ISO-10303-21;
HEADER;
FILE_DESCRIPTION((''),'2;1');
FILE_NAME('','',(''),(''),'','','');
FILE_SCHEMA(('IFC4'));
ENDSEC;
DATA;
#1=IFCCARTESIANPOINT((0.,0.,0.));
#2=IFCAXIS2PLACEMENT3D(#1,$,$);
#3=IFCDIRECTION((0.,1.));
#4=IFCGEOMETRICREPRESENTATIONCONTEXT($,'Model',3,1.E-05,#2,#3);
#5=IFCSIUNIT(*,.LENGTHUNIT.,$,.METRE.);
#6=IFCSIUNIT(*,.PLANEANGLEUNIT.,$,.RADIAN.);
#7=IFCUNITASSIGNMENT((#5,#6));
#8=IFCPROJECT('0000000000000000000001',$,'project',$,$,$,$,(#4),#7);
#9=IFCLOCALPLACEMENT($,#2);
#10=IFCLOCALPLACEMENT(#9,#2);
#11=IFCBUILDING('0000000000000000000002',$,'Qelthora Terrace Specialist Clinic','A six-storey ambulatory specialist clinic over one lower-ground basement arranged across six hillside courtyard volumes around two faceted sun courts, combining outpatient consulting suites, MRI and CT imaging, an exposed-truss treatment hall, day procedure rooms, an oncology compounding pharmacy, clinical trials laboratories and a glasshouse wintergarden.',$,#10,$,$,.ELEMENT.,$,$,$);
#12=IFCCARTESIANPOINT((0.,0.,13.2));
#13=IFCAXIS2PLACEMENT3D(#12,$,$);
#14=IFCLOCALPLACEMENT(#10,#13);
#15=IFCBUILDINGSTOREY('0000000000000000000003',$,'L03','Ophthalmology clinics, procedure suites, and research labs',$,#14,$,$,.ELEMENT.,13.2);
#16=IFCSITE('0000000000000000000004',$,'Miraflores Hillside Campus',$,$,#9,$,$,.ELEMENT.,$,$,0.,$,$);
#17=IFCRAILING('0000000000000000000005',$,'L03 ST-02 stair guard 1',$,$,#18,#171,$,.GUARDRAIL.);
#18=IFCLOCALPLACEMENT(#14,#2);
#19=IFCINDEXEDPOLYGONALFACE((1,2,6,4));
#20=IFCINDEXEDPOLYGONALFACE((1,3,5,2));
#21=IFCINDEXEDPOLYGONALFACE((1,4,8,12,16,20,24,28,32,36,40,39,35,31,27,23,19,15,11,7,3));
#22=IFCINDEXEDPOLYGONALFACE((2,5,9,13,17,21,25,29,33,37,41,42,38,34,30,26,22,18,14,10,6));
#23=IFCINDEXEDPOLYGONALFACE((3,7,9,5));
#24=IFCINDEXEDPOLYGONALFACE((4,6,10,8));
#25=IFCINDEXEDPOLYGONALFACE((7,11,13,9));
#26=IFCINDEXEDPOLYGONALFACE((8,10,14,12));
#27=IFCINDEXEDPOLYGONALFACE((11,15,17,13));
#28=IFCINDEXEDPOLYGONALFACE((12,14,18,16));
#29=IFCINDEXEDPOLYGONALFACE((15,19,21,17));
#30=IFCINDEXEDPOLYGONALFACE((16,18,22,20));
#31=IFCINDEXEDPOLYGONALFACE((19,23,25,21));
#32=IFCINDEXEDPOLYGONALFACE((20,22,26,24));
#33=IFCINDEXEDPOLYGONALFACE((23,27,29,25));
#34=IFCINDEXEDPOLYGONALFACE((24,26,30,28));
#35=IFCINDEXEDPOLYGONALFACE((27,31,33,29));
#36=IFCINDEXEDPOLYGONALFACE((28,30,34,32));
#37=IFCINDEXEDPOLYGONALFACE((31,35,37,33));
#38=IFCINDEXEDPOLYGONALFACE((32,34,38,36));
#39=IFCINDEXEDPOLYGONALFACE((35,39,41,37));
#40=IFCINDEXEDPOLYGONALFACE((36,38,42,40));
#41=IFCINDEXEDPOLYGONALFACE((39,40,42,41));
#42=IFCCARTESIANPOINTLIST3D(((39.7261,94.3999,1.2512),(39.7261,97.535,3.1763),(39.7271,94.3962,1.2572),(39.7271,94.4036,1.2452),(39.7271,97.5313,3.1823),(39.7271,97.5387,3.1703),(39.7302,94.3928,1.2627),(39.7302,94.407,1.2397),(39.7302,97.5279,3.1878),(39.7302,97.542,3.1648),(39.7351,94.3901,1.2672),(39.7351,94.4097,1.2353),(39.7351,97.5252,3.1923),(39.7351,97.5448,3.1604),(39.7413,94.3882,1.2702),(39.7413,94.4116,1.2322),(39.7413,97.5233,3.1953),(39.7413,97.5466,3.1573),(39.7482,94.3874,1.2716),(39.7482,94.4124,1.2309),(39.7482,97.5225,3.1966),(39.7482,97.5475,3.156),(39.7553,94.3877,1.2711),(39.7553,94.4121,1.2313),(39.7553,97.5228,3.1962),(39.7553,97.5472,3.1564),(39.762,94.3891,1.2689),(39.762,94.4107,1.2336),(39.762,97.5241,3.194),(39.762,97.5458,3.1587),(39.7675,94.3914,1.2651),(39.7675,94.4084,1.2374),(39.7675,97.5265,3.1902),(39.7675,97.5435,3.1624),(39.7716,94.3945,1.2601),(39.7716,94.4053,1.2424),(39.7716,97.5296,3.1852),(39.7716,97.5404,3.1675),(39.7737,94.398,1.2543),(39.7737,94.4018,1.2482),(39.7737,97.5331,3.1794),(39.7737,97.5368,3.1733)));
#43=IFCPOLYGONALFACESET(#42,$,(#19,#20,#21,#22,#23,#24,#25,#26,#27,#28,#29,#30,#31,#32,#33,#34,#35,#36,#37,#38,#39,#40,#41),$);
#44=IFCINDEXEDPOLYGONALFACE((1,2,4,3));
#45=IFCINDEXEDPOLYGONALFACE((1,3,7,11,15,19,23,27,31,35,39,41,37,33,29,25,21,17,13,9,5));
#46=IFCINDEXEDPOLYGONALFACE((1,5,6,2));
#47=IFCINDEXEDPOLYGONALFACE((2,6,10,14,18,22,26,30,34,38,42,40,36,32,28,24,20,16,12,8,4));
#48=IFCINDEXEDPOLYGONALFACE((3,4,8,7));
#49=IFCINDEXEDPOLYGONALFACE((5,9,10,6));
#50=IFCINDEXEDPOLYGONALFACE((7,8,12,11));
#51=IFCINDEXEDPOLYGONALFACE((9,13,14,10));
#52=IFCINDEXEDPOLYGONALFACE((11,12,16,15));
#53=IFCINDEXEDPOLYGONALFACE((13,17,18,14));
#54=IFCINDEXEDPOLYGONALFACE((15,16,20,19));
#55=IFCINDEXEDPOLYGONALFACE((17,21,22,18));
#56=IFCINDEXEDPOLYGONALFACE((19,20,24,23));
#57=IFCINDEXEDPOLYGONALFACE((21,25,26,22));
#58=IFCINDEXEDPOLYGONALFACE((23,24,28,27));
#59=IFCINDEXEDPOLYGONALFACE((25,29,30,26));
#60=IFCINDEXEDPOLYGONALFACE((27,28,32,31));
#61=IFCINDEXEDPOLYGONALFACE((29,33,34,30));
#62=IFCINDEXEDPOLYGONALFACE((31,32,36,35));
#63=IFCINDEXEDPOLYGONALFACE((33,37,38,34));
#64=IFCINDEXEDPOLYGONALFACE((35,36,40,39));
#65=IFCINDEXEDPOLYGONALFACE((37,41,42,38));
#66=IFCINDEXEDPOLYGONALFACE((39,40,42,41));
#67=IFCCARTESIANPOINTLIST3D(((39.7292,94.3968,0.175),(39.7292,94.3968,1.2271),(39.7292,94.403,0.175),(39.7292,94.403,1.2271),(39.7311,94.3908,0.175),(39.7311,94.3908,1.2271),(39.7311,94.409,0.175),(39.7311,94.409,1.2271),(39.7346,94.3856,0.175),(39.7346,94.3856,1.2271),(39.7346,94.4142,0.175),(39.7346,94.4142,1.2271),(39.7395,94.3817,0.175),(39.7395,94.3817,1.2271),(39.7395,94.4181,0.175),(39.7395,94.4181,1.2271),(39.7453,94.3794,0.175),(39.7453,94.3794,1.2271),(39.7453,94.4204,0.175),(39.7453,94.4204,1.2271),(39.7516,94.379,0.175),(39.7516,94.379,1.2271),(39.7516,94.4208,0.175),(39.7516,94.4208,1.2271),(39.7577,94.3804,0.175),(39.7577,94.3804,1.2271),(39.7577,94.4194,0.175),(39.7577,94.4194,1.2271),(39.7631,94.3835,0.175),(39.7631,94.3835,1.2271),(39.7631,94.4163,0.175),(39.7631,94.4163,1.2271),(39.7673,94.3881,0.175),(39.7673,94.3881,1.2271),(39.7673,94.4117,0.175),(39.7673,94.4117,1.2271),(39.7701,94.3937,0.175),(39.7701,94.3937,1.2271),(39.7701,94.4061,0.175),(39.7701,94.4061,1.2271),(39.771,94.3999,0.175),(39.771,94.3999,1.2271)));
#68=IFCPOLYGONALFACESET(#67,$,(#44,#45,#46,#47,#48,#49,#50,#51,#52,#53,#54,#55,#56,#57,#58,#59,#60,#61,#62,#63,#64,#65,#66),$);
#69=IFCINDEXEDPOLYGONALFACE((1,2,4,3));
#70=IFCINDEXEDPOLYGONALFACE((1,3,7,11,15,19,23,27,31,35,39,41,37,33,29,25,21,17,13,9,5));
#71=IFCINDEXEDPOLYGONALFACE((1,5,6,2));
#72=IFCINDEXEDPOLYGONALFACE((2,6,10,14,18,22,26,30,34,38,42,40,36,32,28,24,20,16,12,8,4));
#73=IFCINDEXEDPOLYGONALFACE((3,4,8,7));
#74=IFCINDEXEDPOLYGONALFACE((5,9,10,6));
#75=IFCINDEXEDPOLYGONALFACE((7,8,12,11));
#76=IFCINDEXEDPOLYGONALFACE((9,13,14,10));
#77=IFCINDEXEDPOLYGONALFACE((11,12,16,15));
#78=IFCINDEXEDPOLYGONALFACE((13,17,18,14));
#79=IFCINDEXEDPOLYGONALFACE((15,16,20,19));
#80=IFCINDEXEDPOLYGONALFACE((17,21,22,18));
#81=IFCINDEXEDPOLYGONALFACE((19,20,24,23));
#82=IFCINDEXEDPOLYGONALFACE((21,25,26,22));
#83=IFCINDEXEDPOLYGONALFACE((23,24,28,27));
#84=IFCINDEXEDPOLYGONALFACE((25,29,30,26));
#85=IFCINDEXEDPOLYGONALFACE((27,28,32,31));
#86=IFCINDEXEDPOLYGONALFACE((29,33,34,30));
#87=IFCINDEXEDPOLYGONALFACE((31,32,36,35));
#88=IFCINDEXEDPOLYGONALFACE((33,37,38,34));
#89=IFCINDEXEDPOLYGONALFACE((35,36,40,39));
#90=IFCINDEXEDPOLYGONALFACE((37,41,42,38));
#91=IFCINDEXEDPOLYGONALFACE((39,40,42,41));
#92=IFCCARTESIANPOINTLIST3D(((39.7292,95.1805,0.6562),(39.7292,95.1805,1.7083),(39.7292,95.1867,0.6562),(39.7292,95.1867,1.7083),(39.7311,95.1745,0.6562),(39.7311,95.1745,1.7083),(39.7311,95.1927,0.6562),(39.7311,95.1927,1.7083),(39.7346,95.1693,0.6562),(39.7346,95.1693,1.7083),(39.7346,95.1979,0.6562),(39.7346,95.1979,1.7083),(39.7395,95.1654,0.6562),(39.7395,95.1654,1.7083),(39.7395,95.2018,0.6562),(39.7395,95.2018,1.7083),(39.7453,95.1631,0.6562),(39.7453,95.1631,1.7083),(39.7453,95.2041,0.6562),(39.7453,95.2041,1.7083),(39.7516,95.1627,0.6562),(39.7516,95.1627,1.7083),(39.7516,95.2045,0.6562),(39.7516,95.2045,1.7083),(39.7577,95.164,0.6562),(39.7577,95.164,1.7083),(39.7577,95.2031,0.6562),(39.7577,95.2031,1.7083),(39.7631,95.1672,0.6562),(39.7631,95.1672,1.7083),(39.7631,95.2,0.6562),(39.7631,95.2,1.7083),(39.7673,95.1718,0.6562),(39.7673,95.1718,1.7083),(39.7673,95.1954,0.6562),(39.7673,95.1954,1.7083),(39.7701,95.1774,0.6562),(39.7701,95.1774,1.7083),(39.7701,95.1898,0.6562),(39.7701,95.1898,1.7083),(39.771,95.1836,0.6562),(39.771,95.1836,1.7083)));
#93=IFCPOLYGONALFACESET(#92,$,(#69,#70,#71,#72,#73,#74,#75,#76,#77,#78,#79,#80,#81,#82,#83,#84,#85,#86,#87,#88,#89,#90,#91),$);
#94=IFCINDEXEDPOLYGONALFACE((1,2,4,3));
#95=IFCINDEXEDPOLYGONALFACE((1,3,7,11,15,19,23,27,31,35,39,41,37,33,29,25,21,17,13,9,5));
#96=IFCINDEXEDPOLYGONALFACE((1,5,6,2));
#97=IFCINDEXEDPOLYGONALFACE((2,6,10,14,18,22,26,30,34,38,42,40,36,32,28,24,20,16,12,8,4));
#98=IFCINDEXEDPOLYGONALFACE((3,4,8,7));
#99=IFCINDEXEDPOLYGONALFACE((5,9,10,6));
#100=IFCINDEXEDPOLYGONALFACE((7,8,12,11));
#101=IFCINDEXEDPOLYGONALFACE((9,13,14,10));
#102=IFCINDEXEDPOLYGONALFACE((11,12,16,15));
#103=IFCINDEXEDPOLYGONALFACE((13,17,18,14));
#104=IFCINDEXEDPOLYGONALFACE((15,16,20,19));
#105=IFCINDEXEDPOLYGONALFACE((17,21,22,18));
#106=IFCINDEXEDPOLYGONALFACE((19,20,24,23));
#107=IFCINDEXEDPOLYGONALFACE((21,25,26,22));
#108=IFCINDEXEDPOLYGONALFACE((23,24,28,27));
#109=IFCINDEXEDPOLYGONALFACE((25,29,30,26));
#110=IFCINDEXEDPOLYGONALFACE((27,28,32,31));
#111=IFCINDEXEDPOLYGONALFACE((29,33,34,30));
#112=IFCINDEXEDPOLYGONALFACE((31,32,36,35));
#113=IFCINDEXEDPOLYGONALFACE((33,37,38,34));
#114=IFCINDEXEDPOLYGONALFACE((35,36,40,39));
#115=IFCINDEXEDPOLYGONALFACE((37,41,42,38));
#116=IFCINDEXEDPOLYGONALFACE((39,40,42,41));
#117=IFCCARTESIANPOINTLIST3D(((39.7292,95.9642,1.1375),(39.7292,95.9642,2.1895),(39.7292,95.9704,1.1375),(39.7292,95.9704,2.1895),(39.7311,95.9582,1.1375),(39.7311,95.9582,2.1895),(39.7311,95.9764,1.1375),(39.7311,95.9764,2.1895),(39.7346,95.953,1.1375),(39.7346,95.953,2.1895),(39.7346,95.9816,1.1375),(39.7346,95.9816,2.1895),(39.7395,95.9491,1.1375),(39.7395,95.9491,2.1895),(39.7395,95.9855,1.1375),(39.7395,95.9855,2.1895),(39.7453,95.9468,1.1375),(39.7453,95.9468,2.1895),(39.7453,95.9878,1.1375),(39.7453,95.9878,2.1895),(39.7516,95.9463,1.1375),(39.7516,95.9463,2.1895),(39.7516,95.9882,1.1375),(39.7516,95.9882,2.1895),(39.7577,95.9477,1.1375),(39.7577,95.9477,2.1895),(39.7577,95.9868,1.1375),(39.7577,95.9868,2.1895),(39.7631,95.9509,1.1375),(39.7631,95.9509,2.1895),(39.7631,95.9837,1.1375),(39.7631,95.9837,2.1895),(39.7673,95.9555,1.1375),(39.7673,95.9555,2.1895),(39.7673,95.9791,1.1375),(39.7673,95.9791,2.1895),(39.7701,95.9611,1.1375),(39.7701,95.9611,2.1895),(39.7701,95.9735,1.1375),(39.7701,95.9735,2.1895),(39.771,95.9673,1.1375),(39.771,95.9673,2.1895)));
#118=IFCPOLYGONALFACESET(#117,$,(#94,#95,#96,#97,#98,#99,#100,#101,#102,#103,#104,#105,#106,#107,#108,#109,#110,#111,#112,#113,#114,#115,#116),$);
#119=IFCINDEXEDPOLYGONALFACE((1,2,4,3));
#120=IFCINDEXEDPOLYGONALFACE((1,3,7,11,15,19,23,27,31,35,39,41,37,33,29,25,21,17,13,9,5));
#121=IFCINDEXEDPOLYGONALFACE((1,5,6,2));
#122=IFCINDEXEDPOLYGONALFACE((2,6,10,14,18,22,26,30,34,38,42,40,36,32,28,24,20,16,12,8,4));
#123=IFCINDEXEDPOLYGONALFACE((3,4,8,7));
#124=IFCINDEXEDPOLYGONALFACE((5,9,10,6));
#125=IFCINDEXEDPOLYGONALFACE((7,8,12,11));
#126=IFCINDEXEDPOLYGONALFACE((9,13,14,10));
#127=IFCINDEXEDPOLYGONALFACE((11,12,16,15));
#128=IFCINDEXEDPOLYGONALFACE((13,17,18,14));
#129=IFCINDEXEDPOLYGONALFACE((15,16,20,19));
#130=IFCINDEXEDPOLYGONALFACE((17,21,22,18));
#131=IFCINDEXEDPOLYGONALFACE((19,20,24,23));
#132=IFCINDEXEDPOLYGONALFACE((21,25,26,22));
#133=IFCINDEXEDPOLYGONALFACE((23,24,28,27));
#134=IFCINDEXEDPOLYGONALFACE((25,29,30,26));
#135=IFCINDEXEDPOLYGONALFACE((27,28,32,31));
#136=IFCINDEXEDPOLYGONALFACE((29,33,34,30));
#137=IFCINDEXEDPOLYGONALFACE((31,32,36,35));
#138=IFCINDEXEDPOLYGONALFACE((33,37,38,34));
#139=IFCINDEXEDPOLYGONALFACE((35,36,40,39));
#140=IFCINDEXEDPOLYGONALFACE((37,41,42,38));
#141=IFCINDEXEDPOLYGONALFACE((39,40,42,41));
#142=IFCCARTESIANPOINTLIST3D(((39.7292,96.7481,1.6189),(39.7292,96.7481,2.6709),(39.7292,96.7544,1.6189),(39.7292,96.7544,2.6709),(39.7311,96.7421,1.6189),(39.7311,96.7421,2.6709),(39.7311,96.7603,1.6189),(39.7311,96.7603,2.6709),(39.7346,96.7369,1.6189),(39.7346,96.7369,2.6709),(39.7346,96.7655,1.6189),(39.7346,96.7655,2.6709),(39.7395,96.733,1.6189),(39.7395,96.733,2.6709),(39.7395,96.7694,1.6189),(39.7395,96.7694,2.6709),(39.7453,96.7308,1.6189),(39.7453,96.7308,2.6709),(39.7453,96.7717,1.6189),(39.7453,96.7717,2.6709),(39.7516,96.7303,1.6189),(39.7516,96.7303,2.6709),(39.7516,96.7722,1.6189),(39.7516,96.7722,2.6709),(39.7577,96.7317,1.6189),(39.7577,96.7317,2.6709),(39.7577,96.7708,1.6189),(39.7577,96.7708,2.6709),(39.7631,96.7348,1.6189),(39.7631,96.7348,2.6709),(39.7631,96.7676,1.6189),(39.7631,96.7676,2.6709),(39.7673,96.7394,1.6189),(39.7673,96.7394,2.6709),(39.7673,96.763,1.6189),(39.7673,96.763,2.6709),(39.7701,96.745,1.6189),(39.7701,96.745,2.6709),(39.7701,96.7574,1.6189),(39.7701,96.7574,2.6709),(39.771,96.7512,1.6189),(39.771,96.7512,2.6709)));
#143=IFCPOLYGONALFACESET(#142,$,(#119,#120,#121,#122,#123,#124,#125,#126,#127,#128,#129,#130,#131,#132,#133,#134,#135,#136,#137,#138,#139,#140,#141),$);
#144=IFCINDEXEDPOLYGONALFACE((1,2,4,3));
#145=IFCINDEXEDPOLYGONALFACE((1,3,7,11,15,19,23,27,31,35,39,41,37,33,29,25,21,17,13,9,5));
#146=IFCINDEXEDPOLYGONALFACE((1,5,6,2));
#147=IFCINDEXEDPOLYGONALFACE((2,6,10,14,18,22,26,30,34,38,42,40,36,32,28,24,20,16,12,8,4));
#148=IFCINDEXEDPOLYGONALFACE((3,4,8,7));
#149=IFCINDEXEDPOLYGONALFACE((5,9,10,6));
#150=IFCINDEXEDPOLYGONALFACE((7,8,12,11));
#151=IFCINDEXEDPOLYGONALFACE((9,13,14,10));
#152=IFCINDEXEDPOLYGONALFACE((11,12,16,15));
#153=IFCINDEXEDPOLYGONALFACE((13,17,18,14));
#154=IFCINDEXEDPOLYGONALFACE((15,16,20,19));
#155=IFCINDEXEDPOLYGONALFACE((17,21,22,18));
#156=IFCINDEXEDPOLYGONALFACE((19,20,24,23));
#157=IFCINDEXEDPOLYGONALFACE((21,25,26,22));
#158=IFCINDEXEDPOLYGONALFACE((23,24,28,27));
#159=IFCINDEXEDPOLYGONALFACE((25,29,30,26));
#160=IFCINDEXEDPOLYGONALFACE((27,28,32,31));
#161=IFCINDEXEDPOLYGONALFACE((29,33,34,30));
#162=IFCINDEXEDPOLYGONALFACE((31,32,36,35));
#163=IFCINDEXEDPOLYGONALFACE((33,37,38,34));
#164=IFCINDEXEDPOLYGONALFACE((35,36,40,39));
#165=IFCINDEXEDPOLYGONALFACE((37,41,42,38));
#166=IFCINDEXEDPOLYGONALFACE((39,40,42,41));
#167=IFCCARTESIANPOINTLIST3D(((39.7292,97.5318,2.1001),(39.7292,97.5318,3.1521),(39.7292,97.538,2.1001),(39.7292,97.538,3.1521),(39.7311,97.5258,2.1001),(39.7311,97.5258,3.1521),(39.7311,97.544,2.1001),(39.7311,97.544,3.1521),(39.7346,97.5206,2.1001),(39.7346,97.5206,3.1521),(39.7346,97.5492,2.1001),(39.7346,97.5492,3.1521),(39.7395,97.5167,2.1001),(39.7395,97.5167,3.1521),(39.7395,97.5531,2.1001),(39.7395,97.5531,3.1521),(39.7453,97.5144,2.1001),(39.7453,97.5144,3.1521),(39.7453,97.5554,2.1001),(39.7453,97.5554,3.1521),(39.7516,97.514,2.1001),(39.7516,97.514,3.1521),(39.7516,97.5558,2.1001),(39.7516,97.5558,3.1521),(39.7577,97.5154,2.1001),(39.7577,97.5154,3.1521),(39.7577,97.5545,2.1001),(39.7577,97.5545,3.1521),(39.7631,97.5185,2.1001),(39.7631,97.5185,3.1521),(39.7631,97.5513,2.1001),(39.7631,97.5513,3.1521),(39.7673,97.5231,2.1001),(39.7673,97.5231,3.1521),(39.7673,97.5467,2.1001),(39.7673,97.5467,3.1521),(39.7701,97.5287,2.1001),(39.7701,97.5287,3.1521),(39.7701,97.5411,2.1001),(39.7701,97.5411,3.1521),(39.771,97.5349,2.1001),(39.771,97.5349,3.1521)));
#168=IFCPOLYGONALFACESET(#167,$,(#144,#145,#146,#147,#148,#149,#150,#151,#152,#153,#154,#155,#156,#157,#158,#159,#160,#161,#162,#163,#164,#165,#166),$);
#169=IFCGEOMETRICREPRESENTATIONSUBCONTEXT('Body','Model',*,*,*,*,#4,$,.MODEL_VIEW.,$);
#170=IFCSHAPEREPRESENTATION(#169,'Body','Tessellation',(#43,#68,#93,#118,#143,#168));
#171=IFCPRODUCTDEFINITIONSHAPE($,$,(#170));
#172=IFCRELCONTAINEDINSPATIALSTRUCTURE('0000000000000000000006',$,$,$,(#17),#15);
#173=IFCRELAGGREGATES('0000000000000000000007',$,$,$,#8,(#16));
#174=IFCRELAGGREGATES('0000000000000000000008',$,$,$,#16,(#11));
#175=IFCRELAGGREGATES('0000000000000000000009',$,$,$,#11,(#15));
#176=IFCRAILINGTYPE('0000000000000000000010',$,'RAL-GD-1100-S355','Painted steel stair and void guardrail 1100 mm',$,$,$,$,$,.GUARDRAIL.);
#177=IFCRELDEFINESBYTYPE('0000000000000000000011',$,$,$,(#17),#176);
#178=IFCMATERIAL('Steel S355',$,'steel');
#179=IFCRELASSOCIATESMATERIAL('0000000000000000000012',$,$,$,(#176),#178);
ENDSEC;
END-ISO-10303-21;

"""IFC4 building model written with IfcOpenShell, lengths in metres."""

from ifc_helpers import new_model, si_unit, direction, frame, origin, origin_2d, place, context, subcontext, project, spatial, circle, extrude, material, type_object, element, save


model = new_model("IFC4")

# Units and contexts
model_context = context("Model", 3, precision=1e-05, world=origin(), true_north=direction((0.0, 1.0)))
body_context = subcontext(model_context, "Body", "Model", "MODEL_VIEW")
ifc_project = project(units=[si_unit("LENGTHUNIT", "METRE"), si_unit("PLANEANGLEUNIT", "RADIAN")], contexts=[model_context])

# Site, building, storey
site_placement = place(None, origin())
site = spatial("IfcSite", under=ifc_project, at=site_placement, Name="Miraflores Hillside Campus", CompositionType="ELEMENT", RefElevation=0.0)
building_placement = place(site_placement, origin())
building = spatial("IfcBuilding", under=site, at=building_placement, Name="Qelthora Terrace Specialist Clinic", Description="A six-storey ambulatory specialist clinic over one lower-ground basement arranged across six hillside courtyard volumes around two faceted sun courts, combining outpatient consulting suites, MRI and CT imaging, an exposed-truss treatment hall, day procedure rooms, an oncology compounding pharmacy, clinical trials laboratories and a glasshouse wintergarden.", CompositionType="ELEMENT")
storey_placement = place(building_placement, frame((0.0, 0.0, 13.2)))
storey = spatial("IfcBuildingStorey", under=building, at=storey_placement, Name="L03", Description="Ophthalmology clinics, procedure suites, and research labs", CompositionType="ELEMENT", Elevation=13.2)

# Shared definitions
ifc_material_1 = material(Name="Steel S355", Category="steel")

# Railing
railing_type_1 = type_object("IfcRailingType", Name="RAL-GD-1100-S355", Description="Painted steel stair and void guardrail 1100 mm", PredefinedType="GUARDRAIL", material=ifc_material_1)
railing_1_placement = place(storey_placement, frame((39.75, 94.3999, 0.175)))
element("IfcRailing", 1, at=railing_1_placement, inside=storey, type_object=railing_type_1, Name="L03 ST-02 stair guard 1", PredefinedType="GUARDRAIL", context=body_context, shape_type="SweptSolid", body=[
    extrude(circle(Radius=0.0239, at=origin_2d()), frame((0.0, 0.0, 1.0762), z_axis=(0.0, 0.852166, 0.523271), x_axis=(-1.0, 0.0, 0.0)), (0.0, 0.0, 1.0), 3.679),
    extrude(circle(Radius=0.021, at=origin_2d()), origin(), (0.0, 0.0, 1.0), 1.052),
    extrude(circle(Radius=0.021, at=origin_2d()), frame((0.0, 0.7837, 0.4812)), (0.0, 0.0, 1.0), 1.052),
    extrude(circle(Radius=0.021, at=origin_2d()), frame((0.0, 1.5674, 0.9624)), (0.0, 0.0, 1.0), 1.052),
    extrude(circle(Radius=0.021, at=origin_2d()), frame((0.0, 2.3513, 1.4438)), (0.0, 0.0, 1.0), 1.052),
    extrude(circle(Radius=0.021, at=origin_2d()), frame((0.0, 3.135, 1.925)), (0.0, 0.0, 1.0), 1.052),
])

save(model, "model.ifc")
